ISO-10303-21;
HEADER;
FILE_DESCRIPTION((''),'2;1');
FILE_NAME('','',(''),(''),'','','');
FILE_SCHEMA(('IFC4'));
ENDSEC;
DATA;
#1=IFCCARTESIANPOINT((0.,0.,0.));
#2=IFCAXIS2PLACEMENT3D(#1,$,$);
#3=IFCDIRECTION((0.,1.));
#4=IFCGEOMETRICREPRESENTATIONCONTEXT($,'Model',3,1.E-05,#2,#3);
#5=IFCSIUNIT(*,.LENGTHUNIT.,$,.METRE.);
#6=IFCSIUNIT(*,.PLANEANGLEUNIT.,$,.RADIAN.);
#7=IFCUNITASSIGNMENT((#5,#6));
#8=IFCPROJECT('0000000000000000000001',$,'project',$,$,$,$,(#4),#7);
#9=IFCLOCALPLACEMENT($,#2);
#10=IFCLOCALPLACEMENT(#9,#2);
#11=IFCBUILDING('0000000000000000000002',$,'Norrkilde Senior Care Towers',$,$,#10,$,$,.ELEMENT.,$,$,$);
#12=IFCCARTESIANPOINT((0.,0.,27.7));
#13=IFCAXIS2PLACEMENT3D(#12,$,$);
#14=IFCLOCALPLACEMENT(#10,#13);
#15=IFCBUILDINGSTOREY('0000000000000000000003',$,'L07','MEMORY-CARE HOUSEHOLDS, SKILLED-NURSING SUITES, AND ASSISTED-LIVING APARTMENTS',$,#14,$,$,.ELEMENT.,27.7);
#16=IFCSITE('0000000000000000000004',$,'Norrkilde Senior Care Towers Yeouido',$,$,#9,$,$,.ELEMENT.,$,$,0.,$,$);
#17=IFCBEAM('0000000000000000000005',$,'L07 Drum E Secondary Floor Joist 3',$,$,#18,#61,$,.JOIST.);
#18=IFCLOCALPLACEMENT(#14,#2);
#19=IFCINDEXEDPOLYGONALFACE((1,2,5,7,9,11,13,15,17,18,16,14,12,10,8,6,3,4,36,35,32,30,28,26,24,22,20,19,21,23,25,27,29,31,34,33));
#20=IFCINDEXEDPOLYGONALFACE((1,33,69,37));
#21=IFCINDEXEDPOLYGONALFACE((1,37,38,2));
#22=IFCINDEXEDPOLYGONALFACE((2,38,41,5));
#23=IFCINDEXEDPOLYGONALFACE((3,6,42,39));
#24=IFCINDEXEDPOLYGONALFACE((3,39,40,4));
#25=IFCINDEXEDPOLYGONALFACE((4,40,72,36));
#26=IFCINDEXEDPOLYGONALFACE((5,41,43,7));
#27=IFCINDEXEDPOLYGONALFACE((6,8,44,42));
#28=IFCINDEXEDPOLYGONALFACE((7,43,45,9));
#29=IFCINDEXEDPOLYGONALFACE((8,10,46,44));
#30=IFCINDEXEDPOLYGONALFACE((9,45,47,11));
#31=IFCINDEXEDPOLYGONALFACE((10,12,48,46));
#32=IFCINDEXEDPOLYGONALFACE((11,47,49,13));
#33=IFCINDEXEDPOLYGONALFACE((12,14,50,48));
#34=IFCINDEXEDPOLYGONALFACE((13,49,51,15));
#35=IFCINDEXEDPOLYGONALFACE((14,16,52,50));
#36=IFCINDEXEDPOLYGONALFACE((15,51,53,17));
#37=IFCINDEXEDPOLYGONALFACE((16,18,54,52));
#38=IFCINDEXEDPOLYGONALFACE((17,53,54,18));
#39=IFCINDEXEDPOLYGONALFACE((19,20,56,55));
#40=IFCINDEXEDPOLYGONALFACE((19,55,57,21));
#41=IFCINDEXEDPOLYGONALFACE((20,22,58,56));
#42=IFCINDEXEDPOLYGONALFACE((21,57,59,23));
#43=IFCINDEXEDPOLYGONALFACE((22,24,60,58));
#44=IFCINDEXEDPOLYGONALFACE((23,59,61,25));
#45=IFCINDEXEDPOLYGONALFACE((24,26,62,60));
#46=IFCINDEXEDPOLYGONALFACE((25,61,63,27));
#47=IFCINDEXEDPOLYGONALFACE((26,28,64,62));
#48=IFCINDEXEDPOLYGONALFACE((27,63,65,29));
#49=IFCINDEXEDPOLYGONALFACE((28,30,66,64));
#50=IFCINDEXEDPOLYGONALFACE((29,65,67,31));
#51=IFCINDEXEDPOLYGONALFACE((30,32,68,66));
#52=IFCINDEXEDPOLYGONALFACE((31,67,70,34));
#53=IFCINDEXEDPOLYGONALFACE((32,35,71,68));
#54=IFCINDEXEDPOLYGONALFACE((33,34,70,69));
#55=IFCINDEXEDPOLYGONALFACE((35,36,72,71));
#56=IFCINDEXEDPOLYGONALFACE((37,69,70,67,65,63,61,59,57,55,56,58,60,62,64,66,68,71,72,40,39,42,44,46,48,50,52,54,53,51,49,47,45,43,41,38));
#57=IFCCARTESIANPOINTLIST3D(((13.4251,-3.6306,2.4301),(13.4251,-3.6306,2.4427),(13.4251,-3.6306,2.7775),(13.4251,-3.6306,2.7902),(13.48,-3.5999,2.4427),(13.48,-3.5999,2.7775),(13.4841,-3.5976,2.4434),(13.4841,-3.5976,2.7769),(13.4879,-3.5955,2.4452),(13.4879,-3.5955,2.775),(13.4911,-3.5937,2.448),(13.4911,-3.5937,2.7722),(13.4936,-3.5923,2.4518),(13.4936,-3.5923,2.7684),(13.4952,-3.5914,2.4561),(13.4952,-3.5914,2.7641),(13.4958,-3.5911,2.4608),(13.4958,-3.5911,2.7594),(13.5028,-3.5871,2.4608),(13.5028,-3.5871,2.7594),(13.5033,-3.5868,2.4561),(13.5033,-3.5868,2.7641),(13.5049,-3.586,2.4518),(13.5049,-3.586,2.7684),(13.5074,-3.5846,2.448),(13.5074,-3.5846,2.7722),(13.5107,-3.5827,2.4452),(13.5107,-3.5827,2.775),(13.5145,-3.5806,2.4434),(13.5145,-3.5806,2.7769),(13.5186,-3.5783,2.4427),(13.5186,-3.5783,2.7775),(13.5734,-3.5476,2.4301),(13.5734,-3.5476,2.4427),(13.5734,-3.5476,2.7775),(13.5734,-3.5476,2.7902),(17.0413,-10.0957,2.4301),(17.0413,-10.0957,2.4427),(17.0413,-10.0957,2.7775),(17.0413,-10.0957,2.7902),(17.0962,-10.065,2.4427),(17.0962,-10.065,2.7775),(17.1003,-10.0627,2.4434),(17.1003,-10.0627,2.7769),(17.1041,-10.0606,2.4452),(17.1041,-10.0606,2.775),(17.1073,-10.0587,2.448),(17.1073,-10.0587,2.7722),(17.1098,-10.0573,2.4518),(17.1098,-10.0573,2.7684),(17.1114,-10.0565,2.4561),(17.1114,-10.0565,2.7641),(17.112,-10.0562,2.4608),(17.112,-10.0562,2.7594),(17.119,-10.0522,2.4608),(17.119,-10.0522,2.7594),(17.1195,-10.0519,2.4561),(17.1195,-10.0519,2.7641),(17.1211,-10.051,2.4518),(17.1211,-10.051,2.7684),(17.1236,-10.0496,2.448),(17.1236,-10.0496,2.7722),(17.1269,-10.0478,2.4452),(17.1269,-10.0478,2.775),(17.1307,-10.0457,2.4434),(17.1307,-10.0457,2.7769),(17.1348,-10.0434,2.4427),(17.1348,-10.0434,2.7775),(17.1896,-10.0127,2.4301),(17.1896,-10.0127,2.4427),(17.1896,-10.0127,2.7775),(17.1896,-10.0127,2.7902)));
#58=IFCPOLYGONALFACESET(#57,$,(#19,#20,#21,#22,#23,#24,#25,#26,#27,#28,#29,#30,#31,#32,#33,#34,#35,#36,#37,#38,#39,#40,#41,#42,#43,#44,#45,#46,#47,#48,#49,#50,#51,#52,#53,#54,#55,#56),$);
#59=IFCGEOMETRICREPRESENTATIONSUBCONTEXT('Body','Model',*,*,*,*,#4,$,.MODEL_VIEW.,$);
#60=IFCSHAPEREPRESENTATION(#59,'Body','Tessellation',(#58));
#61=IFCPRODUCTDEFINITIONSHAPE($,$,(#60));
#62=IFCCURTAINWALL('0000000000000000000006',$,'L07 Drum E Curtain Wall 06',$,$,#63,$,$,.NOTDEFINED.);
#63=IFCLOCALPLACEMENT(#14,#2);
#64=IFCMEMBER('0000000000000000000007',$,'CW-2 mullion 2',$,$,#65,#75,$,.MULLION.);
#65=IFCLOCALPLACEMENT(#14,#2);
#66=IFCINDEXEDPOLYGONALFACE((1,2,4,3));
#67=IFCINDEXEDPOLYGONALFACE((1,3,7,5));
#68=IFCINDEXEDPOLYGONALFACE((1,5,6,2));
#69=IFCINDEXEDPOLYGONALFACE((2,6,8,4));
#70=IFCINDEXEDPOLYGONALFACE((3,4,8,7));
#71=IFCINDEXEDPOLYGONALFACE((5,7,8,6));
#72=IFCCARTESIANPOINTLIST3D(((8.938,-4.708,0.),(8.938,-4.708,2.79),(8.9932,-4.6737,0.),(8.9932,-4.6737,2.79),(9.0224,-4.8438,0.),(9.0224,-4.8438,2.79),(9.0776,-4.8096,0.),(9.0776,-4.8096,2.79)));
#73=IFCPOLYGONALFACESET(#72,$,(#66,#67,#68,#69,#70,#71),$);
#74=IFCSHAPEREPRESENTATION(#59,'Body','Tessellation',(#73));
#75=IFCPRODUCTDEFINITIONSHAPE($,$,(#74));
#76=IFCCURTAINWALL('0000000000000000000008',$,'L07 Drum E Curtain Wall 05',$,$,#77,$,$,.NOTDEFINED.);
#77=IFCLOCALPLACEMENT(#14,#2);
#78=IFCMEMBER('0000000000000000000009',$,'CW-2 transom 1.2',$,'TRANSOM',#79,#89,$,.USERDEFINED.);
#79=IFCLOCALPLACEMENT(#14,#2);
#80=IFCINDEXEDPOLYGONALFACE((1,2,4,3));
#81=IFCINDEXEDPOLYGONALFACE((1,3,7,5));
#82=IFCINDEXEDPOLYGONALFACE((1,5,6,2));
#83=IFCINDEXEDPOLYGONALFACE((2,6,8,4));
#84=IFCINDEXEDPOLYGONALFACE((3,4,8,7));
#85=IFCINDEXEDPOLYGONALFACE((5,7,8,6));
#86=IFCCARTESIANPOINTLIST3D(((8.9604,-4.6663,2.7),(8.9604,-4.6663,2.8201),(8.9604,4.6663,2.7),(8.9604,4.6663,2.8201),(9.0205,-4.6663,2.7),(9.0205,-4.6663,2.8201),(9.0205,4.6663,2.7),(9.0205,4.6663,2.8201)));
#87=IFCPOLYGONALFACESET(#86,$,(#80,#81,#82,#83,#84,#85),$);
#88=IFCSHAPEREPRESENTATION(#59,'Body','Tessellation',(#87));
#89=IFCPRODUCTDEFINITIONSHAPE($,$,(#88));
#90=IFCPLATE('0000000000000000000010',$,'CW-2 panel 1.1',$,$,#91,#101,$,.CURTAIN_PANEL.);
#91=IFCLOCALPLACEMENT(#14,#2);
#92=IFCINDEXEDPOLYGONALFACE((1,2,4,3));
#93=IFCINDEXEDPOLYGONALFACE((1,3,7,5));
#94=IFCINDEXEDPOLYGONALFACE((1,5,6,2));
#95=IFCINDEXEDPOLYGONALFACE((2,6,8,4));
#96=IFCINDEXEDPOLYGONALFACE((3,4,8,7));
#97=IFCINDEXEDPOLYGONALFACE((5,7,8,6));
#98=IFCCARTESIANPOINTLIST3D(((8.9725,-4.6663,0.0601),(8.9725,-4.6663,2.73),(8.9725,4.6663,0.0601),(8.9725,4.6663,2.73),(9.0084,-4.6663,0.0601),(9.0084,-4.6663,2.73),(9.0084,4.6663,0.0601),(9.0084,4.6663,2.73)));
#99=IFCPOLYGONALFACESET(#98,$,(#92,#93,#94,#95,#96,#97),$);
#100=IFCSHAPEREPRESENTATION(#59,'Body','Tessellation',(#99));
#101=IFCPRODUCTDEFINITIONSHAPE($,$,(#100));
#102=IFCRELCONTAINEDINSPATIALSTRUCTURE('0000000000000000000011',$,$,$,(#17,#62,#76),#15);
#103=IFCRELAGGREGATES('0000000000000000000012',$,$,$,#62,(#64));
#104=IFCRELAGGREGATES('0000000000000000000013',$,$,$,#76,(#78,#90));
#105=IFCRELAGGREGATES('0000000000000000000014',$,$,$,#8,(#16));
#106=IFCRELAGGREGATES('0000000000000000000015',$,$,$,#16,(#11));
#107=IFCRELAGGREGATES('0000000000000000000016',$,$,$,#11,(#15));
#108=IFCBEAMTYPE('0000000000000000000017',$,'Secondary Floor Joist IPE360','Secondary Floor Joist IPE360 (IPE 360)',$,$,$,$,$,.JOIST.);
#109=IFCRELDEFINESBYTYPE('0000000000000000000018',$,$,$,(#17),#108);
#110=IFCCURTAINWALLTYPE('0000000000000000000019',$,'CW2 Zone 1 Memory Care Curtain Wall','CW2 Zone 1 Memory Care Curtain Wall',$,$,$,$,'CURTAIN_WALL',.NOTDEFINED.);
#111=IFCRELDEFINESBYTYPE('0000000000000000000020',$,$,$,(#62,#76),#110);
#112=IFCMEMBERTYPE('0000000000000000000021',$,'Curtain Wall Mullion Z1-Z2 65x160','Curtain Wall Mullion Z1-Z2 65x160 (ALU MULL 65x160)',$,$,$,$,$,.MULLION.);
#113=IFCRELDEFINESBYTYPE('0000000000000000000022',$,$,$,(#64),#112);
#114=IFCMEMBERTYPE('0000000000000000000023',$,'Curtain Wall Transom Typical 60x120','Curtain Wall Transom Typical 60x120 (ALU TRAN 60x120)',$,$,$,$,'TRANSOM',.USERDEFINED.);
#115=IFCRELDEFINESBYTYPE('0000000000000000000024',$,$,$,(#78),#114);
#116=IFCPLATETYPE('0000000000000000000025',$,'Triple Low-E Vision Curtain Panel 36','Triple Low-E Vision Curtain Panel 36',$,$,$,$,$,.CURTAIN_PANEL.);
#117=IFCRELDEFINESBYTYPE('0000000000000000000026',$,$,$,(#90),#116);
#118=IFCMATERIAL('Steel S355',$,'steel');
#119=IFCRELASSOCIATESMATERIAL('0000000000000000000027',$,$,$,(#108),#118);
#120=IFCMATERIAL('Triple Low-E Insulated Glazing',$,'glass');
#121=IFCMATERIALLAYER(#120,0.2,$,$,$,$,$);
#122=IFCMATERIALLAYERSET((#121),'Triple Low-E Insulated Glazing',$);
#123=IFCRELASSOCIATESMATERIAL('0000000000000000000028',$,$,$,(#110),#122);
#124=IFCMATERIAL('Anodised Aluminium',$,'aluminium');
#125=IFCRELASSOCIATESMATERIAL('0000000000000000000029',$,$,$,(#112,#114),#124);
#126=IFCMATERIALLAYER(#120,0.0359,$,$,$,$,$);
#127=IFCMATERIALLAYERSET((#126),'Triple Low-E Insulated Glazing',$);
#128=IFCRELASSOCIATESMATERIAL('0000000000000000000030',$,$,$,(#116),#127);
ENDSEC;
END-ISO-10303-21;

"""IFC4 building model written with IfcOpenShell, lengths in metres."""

from ifc_helpers import new_model, si_unit, direction, frame, origin, origin_2d, place, context, subcontext, project, spatial, rectangle, i_section, extrude, source, transform, mapped, material, layer, layer_set, material_profile, profile_set, type_object, type_shapes, element, aggregate, save


model = new_model("IFC4")

# Units and contexts
model_context = context("Model", 3, precision=1e-05, world=origin(), true_north=direction((0.0, 1.0)))
body_context = subcontext(model_context, "Body", "Model", "MODEL_VIEW")
ifc_project = project(units=[si_unit("LENGTHUNIT", "METRE"), si_unit("PLANEANGLEUNIT", "RADIAN")], contexts=[model_context])

# Site, building, storey
site_placement = place(None, origin())
site = spatial("IfcSite", under=ifc_project, at=site_placement, Name="Norrkilde Senior Care Towers Yeouido", CompositionType="ELEMENT", RefElevation=0.0)
building_placement = place(site_placement, origin())
building = spatial("IfcBuilding", under=site, at=building_placement, Name="Norrkilde Senior Care Towers", CompositionType="ELEMENT")
storey_placement = place(building_placement, frame((0.0, 0.0, 27.7)))
storey = spatial("IfcBuildingStorey", under=building, at=storey_placement, Name="L07", Description="MEMORY-CARE HOUSEHOLDS, SKILLED-NURSING SUITES, AND ASSISTED-LIVING APARTMENTS", CompositionType="ELEMENT", Elevation=27.7)

# Beam
ifc_material_1 = material(Name="Steel S355", Category="steel")
ifc_material_profile_1 = material_profile(ifc_material_1, i_section(OverallWidth=0.1699, OverallDepth=0.3601, WebThickness=0.0081, FlangeThickness=0.0127, FilletRadius=0.0181, at=origin_2d()), Name="IPE 360")
ifc_profile_set_1 = profile_set([ifc_material_profile_1], Name="Steel S355")
beam_type_1 = type_object("IfcBeamType", Name="Secondary Floor Joist IPE360", Description="Secondary Floor Joist IPE360 (IPE 360)", PredefinedType="JOIST", material=ifc_profile_set_1)
shared_shape_1 = source(origin(), body_context, "Body", "SweptSolid", [
    extrude(i_section(OverallWidth=0.1699, OverallDepth=0.3601, WebThickness=0.0081, FlangeThickness=0.0127, FilletRadius=0.0181, at=origin_2d()), origin(), (0.0, 0.0, 1.0), 7.4077),
])
type_shapes(beam_type_1, [shared_shape_1])
beam_1_placement = place(storey_placement, frame((13.4993, -3.5891, 2.6101), z_axis=(0.488168, -0.87275, 0.0), x_axis=(0.87275, 0.488168, 0.0)))
element("IfcBeam", 1, at=beam_1_placement, inside=storey, type_object=beam_type_1, Name="L07 Drum E Secondary Floor Joist 3", PredefinedType="JOIST", context=body_context, shape_type="MappedRepresentation", body=[
    mapped(shared_shape_1, transform((0.0, 0.0, 0.0), x_axis=(1.0, 0.0, 0.0), y_axis=(0.0, 1.0, 0.0), z_axis=(0.0, 0.0, 1.0), scale=1.0)),
])

# Curtain wall, member
ifc_material_2 = material(Name="Triple Low-E Insulated Glazing", Category="glass")
ifc_layer_1 = layer(ifc_material_2, 0.2)
ifc_layer_set_1 = layer_set([ifc_layer_1], Name="Triple Low-E Insulated Glazing")
curtain_wall_type = type_object("IfcCurtainWallType", Name="CW2 Zone 1 Memory Care Curtain Wall", Description="CW2 Zone 1 Memory Care Curtain Wall", ElementType="CURTAIN_WALL", PredefinedType="NOTDEFINED", material=ifc_layer_set_1)
curtain_wall_1_placement = place(storey_placement, origin())
curtain_wall_1 = element("IfcCurtainWall", 2, at=curtain_wall_1_placement, inside=storey, type_object=curtain_wall_type, Name="L07 Drum E Curtain Wall 06", PredefinedType="NOTDEFINED")
ifc_material_3 = material(Name="Anodised Aluminium", Category="aluminium")
ifc_material_profile_2 = material_profile(ifc_material_3, rectangle(XDim=0.0649, YDim=0.1599, at=origin_2d()), Name="ALU MULL 65x160")
ifc_profile_set_2 = profile_set([ifc_material_profile_2], Name="Anodised Aluminium")
member_type_1 = type_object("IfcMemberType", Name="Curtain Wall Mullion Z1-Z2 65x160", Description="Curtain Wall Mullion Z1-Z2 65x160 (ALU MULL 65x160)", PredefinedType="MULLION", material=ifc_profile_set_2)
shared_shape_2 = source(origin(), body_context, "Body", "SweptSolid", [
    extrude(rectangle(XDim=0.0649, YDim=0.1599, at=origin_2d()), origin(), (0.0, 0.0, 1.0), 2.79),
])
type_shapes(member_type_1, [shared_shape_2])
member_1_placement = place(storey_placement, frame((9.0078, -4.7588, 0.0), z_axis=(0.0, 0.0, 1.0), x_axis=(-0.849306, -0.527901, 0.0)))
member_1 = element("IfcMember", 3, at=member_1_placement, type_object=member_type_1, Name="CW-2 mullion 2", PredefinedType="MULLION", context=body_context, shape_type="MappedRepresentation", body=[
    mapped(shared_shape_2, transform((0.0, 0.0, 0.0), x_axis=(1.0, 0.0, 0.0), y_axis=(0.0, 1.0, 0.0), z_axis=(0.0, 0.0, 1.0), scale=1.0)),
])
aggregate(curtain_wall_1, [member_1])

# Curtain wall, member, plate
curtain_wall_2_placement = place(storey_placement, origin())
curtain_wall_2 = element("IfcCurtainWall", 4, at=curtain_wall_2_placement, inside=storey, type_object=curtain_wall_type, Name="L07 Drum E Curtain Wall 05", PredefinedType="NOTDEFINED")
ifc_material_profile_3 = material_profile(ifc_material_3, rectangle(XDim=0.0601, YDim=0.1201, at=origin_2d()), Name="ALU TRAN 60x120")
ifc_profile_set_3 = profile_set([ifc_material_profile_3], Name="Anodised Aluminium")
member_type_2 = type_object("IfcMemberType", Name="Curtain Wall Transom Typical 60x120", Description="Curtain Wall Transom Typical 60x120 (ALU TRAN 60x120)", ElementType="TRANSOM", PredefinedType="USERDEFINED", material=ifc_profile_set_3)
shared_shape_3 = source(origin(), body_context, "Body", "SweptSolid", [
    extrude(rectangle(XDim=0.0601, YDim=0.1201, at=origin_2d()), origin(), (0.0, 0.0, 1.0), 9.3325),
])
type_shapes(member_type_2, [shared_shape_3])
member_2_placement = place(storey_placement, frame((8.9905, -4.6663, 2.76), z_axis=(0.0, 1.0, 0.0), x_axis=(-1.0, 0.0, 0.0)))
member_2 = element("IfcMember", 5, at=member_2_placement, type_object=member_type_2, Name="CW-2 transom 1.2", ObjectType="TRANSOM", PredefinedType="USERDEFINED", context=body_context, shape_type="MappedRepresentation", body=[
    mapped(shared_shape_3, transform((0.0, 0.0, 0.0), x_axis=(1.0, 0.0, 0.0), y_axis=(0.0, 1.0, 0.0), z_axis=(0.0, 0.0, 1.0), scale=1.0)),
])
ifc_layer_2 = layer(ifc_material_2, 0.0359)
ifc_layer_set_2 = layer_set([ifc_layer_2], Name="Triple Low-E Insulated Glazing")
plate_type = type_object("IfcPlateType", Name="Triple Low-E Vision Curtain Panel 36", Description="Triple Low-E Vision Curtain Panel 36", PredefinedType="CURTAIN_PANEL", material=ifc_layer_set_2)
shared_shape_4 = source(origin(), body_context, "Body", "SweptSolid", [
    extrude(rectangle(XDim=9.3325, YDim=0.0359, at=origin_2d()), origin(), (0.0, 0.0, 1.0), 2.6699),
])
type_shapes(plate_type, [shared_shape_4])
plate_placement = place(storey_placement, frame((8.9905, 0.0, 0.0601), z_axis=(0.0, 0.0, 1.0), x_axis=(0.0, 1.0, 0.0)))
plate = element("IfcPlate", 6, at=plate_placement, type_object=plate_type, Name="CW-2 panel 1.1", PredefinedType="CURTAIN_PANEL", context=body_context, shape_type="MappedRepresentation", body=[
    mapped(shared_shape_4, transform((0.0, 0.0, 0.0), x_axis=(1.0, 0.0, 0.0), y_axis=(0.0, 1.0, 0.0), z_axis=(0.0, 0.0, 1.0), scale=1.0)),
])
aggregate(curtain_wall_2, [member_2, plate])

save(model, "model.ifc")
